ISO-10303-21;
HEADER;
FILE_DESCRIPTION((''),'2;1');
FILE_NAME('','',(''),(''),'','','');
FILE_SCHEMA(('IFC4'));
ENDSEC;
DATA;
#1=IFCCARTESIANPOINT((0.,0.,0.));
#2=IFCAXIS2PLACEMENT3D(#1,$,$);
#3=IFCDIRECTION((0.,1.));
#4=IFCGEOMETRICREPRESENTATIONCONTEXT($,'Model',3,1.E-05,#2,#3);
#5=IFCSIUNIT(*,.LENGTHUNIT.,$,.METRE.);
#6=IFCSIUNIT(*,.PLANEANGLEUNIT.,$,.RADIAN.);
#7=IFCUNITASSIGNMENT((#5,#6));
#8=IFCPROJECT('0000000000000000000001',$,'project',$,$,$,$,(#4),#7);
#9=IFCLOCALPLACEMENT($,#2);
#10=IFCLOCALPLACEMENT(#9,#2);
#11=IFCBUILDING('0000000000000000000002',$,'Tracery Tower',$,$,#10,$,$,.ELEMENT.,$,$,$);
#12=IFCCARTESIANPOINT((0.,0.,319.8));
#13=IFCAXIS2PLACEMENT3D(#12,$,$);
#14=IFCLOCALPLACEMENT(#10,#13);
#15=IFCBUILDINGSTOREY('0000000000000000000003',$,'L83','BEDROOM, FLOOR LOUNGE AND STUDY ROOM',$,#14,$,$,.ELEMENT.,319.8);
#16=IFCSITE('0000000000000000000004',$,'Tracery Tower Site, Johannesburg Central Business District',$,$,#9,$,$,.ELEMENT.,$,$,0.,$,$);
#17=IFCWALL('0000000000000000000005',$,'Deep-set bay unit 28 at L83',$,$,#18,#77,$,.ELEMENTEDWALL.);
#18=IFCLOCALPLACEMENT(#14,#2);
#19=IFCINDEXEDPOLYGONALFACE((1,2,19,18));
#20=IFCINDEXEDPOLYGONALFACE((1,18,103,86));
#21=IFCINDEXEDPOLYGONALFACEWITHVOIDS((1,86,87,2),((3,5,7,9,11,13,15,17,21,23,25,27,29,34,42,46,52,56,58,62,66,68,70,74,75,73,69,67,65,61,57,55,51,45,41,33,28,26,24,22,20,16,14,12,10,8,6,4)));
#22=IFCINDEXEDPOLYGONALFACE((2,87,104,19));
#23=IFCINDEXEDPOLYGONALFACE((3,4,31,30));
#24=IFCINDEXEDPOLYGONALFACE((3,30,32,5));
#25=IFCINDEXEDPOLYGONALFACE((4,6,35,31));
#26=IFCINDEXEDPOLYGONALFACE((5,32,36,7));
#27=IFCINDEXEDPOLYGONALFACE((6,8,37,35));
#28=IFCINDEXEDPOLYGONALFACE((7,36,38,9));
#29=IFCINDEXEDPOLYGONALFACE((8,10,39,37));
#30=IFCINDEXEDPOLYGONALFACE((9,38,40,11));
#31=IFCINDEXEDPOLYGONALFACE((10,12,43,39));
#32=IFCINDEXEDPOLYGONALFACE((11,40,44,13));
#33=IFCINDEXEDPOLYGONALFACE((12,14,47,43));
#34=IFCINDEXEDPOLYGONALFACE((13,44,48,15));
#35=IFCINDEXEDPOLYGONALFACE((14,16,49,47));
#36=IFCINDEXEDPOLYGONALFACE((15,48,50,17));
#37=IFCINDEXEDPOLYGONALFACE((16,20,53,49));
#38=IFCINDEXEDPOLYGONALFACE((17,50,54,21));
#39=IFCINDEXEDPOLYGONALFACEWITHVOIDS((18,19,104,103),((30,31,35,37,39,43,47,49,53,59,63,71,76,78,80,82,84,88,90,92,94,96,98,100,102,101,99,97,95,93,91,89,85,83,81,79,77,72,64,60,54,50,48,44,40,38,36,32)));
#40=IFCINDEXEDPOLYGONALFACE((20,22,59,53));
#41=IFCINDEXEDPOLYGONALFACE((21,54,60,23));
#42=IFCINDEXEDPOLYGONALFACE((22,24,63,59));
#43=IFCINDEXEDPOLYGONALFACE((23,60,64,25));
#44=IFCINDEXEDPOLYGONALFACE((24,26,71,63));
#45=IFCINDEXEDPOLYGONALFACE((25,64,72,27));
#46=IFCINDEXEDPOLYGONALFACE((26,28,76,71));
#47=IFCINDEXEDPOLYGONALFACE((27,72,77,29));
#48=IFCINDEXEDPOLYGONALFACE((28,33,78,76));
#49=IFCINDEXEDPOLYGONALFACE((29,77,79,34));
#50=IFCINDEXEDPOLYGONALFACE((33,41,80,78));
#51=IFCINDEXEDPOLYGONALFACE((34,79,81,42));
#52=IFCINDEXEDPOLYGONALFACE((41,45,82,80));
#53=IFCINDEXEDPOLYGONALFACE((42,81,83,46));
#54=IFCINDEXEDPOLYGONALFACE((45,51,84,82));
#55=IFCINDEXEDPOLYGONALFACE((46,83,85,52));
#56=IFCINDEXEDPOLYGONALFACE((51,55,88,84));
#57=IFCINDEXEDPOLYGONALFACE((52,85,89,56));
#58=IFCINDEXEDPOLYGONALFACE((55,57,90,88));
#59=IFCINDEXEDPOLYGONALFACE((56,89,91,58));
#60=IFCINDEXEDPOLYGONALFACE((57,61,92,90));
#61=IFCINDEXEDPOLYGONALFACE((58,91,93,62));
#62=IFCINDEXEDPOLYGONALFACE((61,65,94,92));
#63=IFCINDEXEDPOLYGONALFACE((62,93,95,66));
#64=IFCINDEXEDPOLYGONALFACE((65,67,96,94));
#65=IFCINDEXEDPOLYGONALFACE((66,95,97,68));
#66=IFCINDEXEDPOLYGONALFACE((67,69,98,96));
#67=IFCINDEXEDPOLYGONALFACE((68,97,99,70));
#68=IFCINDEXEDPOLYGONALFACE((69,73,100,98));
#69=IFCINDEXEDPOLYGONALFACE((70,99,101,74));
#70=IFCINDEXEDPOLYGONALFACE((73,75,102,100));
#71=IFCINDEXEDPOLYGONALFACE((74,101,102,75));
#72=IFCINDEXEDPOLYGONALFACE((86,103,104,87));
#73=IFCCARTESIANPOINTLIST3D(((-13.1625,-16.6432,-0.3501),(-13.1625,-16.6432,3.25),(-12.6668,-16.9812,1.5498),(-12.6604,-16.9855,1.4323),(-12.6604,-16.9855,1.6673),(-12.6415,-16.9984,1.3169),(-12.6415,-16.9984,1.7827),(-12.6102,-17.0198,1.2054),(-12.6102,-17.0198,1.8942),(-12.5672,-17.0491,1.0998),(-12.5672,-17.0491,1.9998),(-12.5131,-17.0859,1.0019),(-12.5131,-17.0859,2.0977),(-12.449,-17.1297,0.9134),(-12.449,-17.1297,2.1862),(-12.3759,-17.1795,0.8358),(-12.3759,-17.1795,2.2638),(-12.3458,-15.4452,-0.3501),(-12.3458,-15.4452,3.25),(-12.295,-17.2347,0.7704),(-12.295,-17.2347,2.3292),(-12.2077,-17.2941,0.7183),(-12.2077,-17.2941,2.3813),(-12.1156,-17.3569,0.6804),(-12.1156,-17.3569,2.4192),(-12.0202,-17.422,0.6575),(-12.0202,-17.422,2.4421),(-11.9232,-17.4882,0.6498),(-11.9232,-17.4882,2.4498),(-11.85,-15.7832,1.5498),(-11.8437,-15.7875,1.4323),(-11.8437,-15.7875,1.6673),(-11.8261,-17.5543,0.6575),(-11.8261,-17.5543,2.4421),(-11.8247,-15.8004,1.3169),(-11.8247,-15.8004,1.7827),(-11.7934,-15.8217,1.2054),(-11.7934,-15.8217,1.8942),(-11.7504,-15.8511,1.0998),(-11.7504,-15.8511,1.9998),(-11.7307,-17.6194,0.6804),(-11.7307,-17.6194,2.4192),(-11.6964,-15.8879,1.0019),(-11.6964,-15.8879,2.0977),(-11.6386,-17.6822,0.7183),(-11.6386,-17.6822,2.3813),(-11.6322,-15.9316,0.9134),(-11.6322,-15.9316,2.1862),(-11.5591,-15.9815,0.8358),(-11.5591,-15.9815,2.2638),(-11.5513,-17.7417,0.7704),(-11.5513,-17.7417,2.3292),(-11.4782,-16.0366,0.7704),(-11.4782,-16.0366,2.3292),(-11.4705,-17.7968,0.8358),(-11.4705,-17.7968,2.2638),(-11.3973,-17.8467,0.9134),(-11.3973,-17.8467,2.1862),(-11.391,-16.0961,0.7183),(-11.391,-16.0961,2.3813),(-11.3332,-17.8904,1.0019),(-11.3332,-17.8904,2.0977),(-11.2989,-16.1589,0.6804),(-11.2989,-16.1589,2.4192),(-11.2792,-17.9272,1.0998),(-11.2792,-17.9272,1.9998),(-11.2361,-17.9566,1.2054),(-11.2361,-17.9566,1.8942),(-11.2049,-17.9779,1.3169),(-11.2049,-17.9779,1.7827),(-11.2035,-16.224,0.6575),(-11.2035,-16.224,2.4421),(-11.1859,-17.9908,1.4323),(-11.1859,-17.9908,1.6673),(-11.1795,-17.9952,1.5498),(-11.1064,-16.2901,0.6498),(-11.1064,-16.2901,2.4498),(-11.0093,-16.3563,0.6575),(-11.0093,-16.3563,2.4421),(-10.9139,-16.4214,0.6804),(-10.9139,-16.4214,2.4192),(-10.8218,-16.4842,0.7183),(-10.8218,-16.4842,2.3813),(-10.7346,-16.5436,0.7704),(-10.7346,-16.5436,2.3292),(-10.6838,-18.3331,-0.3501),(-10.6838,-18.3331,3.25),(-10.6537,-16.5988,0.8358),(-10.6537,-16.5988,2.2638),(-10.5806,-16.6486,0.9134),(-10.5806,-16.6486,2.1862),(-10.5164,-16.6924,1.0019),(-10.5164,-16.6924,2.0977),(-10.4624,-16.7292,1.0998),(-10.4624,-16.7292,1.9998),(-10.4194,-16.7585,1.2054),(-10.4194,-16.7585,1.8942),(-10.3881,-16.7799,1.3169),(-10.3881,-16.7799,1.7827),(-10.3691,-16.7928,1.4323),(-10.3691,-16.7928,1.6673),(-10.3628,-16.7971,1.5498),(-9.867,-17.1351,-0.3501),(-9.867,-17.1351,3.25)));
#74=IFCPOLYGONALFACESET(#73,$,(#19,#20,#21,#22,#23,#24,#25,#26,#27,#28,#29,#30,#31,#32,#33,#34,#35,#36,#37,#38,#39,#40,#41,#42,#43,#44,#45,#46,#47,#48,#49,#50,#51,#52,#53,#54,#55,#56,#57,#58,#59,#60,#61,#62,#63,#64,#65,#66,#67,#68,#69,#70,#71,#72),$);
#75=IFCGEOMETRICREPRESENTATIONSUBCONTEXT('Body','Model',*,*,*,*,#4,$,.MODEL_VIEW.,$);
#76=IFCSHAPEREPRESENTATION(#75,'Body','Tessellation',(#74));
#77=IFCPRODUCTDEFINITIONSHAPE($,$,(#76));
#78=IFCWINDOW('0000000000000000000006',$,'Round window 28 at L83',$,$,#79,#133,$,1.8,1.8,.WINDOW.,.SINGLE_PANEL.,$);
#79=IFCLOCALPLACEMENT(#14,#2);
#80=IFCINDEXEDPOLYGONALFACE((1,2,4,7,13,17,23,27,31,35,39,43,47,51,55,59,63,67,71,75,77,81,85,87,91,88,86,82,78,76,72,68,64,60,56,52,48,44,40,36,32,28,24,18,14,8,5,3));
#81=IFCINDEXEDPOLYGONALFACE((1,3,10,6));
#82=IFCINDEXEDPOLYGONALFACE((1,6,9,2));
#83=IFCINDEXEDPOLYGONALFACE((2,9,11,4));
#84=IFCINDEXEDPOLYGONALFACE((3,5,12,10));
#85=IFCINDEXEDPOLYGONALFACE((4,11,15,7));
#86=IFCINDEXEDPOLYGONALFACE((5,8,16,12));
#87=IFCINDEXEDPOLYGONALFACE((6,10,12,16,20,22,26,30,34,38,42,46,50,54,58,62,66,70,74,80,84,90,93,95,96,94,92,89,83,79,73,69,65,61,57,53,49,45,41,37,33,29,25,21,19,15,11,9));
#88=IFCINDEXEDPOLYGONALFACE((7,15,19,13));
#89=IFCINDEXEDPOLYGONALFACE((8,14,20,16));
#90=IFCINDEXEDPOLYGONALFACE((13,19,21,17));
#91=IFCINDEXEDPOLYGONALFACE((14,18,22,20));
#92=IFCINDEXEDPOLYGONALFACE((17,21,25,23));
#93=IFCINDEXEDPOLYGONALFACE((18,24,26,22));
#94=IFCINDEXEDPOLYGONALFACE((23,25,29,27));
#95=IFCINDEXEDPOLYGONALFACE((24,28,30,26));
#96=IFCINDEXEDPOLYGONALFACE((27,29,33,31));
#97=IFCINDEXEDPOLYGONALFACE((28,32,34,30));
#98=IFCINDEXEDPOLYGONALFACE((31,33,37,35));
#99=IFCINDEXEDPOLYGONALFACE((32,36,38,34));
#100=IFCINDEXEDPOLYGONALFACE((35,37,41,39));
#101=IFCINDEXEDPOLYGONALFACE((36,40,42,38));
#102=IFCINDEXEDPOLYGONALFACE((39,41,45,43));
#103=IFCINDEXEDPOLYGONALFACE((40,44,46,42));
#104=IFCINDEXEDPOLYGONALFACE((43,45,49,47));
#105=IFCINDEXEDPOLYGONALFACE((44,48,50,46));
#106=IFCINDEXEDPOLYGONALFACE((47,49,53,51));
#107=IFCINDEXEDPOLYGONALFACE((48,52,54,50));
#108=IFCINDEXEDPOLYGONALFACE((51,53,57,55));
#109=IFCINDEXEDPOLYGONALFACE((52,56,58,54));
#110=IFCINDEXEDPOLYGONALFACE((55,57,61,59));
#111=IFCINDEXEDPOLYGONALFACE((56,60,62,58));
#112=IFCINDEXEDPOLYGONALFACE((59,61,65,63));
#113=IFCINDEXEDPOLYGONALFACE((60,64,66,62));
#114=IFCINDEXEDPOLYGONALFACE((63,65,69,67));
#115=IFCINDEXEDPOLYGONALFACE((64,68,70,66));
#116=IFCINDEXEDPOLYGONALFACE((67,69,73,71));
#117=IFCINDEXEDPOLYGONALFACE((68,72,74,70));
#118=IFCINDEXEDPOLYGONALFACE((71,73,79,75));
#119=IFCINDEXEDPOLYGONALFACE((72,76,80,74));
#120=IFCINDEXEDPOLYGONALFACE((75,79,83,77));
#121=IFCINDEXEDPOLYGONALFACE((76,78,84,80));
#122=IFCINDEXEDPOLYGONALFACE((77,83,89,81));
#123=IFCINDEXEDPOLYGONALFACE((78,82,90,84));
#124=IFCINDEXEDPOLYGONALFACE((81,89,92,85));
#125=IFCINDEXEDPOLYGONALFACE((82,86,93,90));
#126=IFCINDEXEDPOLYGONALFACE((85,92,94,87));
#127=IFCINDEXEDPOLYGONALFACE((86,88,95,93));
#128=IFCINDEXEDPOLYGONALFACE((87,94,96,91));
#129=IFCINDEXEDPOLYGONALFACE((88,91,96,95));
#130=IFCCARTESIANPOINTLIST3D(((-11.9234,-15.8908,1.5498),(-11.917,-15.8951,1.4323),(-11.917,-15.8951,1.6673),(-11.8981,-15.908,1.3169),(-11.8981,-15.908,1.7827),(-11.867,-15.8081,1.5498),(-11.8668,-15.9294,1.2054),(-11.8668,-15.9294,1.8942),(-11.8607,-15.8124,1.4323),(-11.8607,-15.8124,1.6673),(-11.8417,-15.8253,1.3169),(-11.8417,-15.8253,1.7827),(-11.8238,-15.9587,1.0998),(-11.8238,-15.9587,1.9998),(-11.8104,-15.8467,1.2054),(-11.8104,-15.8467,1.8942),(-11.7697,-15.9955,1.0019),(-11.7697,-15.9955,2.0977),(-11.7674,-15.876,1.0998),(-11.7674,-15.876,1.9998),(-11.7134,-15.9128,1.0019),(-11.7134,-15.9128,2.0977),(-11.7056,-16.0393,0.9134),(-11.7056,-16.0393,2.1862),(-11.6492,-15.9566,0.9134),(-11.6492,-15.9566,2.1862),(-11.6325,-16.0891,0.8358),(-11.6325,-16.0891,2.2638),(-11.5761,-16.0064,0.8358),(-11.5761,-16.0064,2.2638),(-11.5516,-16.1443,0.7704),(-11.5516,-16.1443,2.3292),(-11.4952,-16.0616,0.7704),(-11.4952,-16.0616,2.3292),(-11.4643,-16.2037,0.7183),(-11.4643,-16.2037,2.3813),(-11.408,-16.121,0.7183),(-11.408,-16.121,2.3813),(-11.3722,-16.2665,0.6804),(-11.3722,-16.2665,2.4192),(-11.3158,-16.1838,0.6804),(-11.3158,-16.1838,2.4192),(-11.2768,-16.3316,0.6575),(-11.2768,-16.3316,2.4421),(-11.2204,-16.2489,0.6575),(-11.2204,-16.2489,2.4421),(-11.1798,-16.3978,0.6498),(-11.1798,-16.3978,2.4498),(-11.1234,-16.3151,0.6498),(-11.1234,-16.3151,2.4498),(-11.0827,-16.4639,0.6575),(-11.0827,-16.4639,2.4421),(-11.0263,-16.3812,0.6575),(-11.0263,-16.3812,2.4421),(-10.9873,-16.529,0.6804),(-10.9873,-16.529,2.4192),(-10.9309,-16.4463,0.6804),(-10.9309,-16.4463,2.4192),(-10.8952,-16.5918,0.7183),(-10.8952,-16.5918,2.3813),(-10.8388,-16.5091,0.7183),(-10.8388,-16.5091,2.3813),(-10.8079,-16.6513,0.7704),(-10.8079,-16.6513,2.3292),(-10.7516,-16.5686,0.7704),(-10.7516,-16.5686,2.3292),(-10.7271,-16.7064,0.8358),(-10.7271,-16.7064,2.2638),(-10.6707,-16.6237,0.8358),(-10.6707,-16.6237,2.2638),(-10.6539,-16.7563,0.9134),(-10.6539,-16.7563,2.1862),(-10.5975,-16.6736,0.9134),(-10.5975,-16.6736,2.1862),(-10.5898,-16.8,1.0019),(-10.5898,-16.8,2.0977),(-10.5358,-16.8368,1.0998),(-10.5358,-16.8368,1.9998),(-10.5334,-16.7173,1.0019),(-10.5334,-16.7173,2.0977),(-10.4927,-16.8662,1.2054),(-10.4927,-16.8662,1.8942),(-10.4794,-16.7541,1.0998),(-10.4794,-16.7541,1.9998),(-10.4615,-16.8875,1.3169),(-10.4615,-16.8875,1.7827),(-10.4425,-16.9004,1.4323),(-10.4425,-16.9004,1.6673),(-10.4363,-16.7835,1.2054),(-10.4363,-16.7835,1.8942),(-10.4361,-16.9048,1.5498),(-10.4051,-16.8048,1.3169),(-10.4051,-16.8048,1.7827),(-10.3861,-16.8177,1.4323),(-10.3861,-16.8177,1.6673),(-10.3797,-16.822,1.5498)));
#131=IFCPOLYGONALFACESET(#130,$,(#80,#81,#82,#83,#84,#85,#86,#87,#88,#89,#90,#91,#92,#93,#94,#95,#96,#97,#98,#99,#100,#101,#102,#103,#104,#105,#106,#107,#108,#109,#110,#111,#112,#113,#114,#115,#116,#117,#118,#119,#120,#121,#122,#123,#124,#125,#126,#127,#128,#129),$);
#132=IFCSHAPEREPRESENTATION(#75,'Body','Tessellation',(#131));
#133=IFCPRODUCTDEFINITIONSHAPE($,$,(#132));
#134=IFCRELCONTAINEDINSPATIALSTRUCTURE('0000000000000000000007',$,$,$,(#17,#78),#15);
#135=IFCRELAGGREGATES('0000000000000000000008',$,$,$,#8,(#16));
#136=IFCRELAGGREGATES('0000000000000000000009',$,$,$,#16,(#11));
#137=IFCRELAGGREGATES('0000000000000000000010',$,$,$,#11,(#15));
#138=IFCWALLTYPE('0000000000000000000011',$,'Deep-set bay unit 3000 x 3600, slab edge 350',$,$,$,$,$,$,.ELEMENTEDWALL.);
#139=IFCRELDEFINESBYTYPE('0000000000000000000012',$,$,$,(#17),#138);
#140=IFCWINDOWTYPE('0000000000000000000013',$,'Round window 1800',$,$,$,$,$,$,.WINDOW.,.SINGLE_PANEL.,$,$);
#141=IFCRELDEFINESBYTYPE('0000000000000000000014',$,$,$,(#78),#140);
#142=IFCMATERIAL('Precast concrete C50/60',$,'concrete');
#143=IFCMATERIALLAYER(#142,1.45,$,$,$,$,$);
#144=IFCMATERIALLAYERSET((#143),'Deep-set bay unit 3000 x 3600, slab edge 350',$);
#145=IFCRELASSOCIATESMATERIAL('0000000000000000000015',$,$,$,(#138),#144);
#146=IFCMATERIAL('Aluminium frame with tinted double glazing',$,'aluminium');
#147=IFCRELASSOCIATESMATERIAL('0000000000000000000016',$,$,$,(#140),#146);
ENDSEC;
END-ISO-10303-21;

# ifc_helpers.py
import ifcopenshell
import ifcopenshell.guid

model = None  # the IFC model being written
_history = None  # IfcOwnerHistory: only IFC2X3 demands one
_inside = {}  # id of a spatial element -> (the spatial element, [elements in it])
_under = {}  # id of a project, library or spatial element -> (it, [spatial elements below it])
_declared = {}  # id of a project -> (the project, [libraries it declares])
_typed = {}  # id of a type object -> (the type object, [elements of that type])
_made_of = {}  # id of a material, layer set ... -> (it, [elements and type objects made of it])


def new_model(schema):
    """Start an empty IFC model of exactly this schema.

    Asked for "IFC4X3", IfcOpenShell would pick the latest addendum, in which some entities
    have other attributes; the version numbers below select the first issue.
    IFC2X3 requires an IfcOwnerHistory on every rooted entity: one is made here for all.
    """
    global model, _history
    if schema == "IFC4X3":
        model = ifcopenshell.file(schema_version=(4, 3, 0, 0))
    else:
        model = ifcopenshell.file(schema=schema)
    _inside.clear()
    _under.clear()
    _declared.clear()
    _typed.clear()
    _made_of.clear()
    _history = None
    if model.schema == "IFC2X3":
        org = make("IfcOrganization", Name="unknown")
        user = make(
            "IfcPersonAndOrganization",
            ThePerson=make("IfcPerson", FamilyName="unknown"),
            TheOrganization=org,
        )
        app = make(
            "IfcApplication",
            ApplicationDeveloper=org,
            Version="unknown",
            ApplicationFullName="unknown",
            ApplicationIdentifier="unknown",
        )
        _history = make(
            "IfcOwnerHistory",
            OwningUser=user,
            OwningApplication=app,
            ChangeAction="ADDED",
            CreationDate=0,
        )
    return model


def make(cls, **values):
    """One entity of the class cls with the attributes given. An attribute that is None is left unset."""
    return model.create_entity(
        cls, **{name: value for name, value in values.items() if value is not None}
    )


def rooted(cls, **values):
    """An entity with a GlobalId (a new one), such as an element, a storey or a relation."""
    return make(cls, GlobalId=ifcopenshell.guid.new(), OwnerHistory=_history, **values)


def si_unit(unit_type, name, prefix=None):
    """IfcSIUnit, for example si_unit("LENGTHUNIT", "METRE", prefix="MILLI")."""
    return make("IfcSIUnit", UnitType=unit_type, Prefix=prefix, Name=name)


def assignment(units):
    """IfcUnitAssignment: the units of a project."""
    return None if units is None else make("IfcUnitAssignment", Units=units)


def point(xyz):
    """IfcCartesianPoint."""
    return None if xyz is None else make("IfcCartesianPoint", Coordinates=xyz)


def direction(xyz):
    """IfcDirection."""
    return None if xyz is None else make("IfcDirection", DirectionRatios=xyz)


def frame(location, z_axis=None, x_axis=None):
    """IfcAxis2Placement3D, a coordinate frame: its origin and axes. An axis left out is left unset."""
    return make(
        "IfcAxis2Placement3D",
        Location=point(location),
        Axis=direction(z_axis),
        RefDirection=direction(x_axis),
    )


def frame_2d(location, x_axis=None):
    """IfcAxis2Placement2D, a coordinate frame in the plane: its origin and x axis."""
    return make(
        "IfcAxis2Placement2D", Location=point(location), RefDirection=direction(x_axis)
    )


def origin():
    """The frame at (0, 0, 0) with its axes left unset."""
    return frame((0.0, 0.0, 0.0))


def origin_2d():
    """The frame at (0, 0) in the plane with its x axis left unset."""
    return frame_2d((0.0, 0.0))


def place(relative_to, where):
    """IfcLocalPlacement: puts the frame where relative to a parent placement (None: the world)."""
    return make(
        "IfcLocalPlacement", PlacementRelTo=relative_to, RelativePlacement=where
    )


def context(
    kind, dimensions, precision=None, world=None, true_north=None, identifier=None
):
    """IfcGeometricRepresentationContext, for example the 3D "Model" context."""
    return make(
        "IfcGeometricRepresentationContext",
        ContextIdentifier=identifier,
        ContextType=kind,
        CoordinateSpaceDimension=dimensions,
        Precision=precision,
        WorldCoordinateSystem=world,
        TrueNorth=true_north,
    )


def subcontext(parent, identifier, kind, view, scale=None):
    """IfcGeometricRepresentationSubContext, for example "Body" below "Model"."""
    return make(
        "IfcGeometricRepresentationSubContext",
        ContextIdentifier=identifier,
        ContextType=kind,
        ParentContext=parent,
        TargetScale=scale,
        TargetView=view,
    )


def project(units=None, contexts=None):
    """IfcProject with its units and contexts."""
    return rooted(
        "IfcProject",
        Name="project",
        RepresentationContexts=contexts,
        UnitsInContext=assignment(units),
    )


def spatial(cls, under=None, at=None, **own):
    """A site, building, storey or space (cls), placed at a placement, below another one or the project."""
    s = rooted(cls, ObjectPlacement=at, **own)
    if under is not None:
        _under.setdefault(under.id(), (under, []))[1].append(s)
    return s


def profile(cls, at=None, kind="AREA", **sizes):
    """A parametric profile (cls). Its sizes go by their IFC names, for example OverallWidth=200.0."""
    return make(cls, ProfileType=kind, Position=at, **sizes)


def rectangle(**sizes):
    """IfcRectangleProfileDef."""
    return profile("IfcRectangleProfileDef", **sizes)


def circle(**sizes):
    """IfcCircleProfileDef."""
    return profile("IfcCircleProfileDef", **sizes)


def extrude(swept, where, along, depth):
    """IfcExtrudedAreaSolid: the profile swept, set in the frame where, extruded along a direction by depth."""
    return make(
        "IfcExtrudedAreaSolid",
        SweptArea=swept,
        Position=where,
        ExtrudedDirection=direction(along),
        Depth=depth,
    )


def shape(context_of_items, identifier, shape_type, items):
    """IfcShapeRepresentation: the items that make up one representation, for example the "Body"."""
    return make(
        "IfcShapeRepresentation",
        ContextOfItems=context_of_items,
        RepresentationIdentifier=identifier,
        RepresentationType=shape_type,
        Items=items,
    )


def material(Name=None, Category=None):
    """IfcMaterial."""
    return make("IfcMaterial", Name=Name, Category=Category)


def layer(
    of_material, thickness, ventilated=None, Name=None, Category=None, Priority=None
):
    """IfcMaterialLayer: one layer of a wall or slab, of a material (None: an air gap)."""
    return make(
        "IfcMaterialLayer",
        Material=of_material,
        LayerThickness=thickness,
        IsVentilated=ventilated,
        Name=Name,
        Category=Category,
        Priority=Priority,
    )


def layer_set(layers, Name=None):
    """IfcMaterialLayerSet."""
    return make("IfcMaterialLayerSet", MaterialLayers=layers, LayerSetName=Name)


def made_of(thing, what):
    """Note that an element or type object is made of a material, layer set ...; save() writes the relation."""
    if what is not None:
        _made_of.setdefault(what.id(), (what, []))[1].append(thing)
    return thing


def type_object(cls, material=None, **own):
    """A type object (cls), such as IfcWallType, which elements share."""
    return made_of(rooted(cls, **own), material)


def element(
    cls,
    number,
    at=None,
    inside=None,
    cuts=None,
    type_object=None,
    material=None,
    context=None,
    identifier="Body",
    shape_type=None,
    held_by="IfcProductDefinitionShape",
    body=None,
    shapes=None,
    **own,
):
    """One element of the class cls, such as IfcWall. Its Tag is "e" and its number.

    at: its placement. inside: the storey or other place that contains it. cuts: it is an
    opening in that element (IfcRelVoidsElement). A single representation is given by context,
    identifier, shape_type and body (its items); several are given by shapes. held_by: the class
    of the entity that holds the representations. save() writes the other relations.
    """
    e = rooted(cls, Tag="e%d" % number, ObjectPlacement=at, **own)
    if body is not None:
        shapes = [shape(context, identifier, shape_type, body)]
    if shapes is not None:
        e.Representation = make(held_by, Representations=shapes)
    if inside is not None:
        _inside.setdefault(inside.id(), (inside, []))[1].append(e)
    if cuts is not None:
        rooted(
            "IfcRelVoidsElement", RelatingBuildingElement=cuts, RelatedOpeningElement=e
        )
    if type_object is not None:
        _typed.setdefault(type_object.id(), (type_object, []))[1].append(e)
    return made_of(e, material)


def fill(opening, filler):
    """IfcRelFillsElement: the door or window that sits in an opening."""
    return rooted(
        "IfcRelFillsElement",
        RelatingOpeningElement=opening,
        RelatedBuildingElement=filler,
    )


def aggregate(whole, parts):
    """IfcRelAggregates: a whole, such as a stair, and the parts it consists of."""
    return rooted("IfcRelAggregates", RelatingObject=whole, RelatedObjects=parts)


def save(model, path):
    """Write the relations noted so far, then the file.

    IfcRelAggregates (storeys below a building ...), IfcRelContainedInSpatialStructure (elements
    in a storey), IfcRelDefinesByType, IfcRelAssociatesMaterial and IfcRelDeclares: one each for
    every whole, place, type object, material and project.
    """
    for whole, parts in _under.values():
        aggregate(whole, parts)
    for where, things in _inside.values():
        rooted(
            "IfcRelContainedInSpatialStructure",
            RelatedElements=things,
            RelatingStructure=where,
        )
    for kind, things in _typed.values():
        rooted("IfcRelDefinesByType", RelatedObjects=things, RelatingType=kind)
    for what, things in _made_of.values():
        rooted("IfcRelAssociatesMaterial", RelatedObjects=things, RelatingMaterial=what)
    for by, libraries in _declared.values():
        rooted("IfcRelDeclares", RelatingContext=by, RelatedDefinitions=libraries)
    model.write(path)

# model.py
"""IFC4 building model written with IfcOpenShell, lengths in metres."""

from ifc_helpers import new_model, si_unit, direction, frame, frame_2d, origin, origin_2d, place, context, subcontext, project, spatial, rectangle, circle, extrude, material, layer, layer_set, type_object, element, fill, save


model = new_model("IFC4")

# Units and contexts
model_context = context("Model", 3, precision=1e-05, world=origin(), true_north=direction((0.0, 1.0)))
body_context = subcontext(model_context, "Body", "Model", "MODEL_VIEW")
ifc_project = project(units=[si_unit("LENGTHUNIT", "METRE"), si_unit("PLANEANGLEUNIT", "RADIAN")], contexts=[model_context])

# Site, building, storey
site_placement = place(None, origin())
site = spatial("IfcSite", under=ifc_project, at=site_placement, Name="Tracery Tower Site, Johannesburg Central Business District", CompositionType="ELEMENT", RefElevation=0.0)
building_placement = place(site_placement, origin())
building = spatial("IfcBuilding", under=site, at=building_placement, Name="Tracery Tower", CompositionType="ELEMENT")
storey_placement = place(building_placement, frame((0.0, 0.0, 319.8)))
storey = spatial("IfcBuildingStorey", under=building, at=storey_placement, Name="L83", Description="BEDROOM, FLOOR LOUNGE AND STUDY ROOM", CompositionType="ELEMENT", Elevation=319.8)

# Wall, opening, window
ifc_material_1 = material(Name="Precast concrete C50/60", Category="concrete")
ifc_layer_1 = layer(ifc_material_1, 1.45)
ifc_layer_set_1 = layer_set([ifc_layer_1], Name="Deep-set bay unit 3000 x 3600, slab edge 350")
wall_type_1 = type_object("IfcWallType", Name="Deep-set bay unit 3000 x 3600, slab edge 350", PredefinedType="ELEMENTEDWALL", material=ifc_layer_set_1)
ifc_material_2 = material(Name="Aluminium frame with tinted double glazing", Category="aluminium")
window_type = type_object("IfcWindowType", Name="Round window 1800", PartitioningType="SINGLE_PANEL", PredefinedType="WINDOW", material=ifc_material_2)
wall_1_placement = place(storey_placement, frame((-12.7542, -16.0442, -0.3501), z_axis=(0.0, 0.0, 1.0), x_axis=(0.826246, -0.563309, 0.0)))
wall_1 = element("IfcWall", 1, at=wall_1_placement, inside=storey, type_object=wall_type_1, Name="Deep-set bay unit 28 at L83", PredefinedType="ELEMENTEDWALL", context=body_context, shape_type="SweptSolid", body=[
    extrude(rectangle(XDim=3.0, YDim=1.45, at=frame_2d((1.5, 0.0))), origin(), (0.0, 0.0, 1.0), 3.6001),
])
opening_1_placement = place(wall_1_placement, frame((1.5, 0.0, 1.8999)))
opening_1 = element("IfcOpeningElement", 2, at=opening_1_placement, cuts=wall_1, PredefinedType="OPENING", context=body_context, shape_type="SweptSolid", body=[
    extrude(circle(Radius=0.9, at=origin_2d()), frame((0.0, 0.7349, 0.0), z_axis=(0.0, -1.0, 0.0), x_axis=(1.0, 0.0, 0.0)), (0.0, 0.0, 1.0), 1.47),
])
window_1_placement = place(opening_1_placement, origin())
window_1 = element("IfcWindow", 3, at=window_1_placement, inside=storey, type_object=window_type, Name="Round window 28 at L83", OverallHeight=1.8, OverallWidth=1.8, PartitioningType="SINGLE_PANEL", PredefinedType="WINDOW", context=body_context, shape_type="SweptSolid", body=[
    extrude(circle(Radius=0.9, at=origin_2d()), frame((0.0, 0.6948, 0.0), z_axis=(0.0, -1.0, 0.0), x_axis=(1.0, 0.0, 0.0)), (0.0, 0.0, 1.0), 0.1001),
])
fill(opening_1, window_1)

save(model, "model.ifc")
